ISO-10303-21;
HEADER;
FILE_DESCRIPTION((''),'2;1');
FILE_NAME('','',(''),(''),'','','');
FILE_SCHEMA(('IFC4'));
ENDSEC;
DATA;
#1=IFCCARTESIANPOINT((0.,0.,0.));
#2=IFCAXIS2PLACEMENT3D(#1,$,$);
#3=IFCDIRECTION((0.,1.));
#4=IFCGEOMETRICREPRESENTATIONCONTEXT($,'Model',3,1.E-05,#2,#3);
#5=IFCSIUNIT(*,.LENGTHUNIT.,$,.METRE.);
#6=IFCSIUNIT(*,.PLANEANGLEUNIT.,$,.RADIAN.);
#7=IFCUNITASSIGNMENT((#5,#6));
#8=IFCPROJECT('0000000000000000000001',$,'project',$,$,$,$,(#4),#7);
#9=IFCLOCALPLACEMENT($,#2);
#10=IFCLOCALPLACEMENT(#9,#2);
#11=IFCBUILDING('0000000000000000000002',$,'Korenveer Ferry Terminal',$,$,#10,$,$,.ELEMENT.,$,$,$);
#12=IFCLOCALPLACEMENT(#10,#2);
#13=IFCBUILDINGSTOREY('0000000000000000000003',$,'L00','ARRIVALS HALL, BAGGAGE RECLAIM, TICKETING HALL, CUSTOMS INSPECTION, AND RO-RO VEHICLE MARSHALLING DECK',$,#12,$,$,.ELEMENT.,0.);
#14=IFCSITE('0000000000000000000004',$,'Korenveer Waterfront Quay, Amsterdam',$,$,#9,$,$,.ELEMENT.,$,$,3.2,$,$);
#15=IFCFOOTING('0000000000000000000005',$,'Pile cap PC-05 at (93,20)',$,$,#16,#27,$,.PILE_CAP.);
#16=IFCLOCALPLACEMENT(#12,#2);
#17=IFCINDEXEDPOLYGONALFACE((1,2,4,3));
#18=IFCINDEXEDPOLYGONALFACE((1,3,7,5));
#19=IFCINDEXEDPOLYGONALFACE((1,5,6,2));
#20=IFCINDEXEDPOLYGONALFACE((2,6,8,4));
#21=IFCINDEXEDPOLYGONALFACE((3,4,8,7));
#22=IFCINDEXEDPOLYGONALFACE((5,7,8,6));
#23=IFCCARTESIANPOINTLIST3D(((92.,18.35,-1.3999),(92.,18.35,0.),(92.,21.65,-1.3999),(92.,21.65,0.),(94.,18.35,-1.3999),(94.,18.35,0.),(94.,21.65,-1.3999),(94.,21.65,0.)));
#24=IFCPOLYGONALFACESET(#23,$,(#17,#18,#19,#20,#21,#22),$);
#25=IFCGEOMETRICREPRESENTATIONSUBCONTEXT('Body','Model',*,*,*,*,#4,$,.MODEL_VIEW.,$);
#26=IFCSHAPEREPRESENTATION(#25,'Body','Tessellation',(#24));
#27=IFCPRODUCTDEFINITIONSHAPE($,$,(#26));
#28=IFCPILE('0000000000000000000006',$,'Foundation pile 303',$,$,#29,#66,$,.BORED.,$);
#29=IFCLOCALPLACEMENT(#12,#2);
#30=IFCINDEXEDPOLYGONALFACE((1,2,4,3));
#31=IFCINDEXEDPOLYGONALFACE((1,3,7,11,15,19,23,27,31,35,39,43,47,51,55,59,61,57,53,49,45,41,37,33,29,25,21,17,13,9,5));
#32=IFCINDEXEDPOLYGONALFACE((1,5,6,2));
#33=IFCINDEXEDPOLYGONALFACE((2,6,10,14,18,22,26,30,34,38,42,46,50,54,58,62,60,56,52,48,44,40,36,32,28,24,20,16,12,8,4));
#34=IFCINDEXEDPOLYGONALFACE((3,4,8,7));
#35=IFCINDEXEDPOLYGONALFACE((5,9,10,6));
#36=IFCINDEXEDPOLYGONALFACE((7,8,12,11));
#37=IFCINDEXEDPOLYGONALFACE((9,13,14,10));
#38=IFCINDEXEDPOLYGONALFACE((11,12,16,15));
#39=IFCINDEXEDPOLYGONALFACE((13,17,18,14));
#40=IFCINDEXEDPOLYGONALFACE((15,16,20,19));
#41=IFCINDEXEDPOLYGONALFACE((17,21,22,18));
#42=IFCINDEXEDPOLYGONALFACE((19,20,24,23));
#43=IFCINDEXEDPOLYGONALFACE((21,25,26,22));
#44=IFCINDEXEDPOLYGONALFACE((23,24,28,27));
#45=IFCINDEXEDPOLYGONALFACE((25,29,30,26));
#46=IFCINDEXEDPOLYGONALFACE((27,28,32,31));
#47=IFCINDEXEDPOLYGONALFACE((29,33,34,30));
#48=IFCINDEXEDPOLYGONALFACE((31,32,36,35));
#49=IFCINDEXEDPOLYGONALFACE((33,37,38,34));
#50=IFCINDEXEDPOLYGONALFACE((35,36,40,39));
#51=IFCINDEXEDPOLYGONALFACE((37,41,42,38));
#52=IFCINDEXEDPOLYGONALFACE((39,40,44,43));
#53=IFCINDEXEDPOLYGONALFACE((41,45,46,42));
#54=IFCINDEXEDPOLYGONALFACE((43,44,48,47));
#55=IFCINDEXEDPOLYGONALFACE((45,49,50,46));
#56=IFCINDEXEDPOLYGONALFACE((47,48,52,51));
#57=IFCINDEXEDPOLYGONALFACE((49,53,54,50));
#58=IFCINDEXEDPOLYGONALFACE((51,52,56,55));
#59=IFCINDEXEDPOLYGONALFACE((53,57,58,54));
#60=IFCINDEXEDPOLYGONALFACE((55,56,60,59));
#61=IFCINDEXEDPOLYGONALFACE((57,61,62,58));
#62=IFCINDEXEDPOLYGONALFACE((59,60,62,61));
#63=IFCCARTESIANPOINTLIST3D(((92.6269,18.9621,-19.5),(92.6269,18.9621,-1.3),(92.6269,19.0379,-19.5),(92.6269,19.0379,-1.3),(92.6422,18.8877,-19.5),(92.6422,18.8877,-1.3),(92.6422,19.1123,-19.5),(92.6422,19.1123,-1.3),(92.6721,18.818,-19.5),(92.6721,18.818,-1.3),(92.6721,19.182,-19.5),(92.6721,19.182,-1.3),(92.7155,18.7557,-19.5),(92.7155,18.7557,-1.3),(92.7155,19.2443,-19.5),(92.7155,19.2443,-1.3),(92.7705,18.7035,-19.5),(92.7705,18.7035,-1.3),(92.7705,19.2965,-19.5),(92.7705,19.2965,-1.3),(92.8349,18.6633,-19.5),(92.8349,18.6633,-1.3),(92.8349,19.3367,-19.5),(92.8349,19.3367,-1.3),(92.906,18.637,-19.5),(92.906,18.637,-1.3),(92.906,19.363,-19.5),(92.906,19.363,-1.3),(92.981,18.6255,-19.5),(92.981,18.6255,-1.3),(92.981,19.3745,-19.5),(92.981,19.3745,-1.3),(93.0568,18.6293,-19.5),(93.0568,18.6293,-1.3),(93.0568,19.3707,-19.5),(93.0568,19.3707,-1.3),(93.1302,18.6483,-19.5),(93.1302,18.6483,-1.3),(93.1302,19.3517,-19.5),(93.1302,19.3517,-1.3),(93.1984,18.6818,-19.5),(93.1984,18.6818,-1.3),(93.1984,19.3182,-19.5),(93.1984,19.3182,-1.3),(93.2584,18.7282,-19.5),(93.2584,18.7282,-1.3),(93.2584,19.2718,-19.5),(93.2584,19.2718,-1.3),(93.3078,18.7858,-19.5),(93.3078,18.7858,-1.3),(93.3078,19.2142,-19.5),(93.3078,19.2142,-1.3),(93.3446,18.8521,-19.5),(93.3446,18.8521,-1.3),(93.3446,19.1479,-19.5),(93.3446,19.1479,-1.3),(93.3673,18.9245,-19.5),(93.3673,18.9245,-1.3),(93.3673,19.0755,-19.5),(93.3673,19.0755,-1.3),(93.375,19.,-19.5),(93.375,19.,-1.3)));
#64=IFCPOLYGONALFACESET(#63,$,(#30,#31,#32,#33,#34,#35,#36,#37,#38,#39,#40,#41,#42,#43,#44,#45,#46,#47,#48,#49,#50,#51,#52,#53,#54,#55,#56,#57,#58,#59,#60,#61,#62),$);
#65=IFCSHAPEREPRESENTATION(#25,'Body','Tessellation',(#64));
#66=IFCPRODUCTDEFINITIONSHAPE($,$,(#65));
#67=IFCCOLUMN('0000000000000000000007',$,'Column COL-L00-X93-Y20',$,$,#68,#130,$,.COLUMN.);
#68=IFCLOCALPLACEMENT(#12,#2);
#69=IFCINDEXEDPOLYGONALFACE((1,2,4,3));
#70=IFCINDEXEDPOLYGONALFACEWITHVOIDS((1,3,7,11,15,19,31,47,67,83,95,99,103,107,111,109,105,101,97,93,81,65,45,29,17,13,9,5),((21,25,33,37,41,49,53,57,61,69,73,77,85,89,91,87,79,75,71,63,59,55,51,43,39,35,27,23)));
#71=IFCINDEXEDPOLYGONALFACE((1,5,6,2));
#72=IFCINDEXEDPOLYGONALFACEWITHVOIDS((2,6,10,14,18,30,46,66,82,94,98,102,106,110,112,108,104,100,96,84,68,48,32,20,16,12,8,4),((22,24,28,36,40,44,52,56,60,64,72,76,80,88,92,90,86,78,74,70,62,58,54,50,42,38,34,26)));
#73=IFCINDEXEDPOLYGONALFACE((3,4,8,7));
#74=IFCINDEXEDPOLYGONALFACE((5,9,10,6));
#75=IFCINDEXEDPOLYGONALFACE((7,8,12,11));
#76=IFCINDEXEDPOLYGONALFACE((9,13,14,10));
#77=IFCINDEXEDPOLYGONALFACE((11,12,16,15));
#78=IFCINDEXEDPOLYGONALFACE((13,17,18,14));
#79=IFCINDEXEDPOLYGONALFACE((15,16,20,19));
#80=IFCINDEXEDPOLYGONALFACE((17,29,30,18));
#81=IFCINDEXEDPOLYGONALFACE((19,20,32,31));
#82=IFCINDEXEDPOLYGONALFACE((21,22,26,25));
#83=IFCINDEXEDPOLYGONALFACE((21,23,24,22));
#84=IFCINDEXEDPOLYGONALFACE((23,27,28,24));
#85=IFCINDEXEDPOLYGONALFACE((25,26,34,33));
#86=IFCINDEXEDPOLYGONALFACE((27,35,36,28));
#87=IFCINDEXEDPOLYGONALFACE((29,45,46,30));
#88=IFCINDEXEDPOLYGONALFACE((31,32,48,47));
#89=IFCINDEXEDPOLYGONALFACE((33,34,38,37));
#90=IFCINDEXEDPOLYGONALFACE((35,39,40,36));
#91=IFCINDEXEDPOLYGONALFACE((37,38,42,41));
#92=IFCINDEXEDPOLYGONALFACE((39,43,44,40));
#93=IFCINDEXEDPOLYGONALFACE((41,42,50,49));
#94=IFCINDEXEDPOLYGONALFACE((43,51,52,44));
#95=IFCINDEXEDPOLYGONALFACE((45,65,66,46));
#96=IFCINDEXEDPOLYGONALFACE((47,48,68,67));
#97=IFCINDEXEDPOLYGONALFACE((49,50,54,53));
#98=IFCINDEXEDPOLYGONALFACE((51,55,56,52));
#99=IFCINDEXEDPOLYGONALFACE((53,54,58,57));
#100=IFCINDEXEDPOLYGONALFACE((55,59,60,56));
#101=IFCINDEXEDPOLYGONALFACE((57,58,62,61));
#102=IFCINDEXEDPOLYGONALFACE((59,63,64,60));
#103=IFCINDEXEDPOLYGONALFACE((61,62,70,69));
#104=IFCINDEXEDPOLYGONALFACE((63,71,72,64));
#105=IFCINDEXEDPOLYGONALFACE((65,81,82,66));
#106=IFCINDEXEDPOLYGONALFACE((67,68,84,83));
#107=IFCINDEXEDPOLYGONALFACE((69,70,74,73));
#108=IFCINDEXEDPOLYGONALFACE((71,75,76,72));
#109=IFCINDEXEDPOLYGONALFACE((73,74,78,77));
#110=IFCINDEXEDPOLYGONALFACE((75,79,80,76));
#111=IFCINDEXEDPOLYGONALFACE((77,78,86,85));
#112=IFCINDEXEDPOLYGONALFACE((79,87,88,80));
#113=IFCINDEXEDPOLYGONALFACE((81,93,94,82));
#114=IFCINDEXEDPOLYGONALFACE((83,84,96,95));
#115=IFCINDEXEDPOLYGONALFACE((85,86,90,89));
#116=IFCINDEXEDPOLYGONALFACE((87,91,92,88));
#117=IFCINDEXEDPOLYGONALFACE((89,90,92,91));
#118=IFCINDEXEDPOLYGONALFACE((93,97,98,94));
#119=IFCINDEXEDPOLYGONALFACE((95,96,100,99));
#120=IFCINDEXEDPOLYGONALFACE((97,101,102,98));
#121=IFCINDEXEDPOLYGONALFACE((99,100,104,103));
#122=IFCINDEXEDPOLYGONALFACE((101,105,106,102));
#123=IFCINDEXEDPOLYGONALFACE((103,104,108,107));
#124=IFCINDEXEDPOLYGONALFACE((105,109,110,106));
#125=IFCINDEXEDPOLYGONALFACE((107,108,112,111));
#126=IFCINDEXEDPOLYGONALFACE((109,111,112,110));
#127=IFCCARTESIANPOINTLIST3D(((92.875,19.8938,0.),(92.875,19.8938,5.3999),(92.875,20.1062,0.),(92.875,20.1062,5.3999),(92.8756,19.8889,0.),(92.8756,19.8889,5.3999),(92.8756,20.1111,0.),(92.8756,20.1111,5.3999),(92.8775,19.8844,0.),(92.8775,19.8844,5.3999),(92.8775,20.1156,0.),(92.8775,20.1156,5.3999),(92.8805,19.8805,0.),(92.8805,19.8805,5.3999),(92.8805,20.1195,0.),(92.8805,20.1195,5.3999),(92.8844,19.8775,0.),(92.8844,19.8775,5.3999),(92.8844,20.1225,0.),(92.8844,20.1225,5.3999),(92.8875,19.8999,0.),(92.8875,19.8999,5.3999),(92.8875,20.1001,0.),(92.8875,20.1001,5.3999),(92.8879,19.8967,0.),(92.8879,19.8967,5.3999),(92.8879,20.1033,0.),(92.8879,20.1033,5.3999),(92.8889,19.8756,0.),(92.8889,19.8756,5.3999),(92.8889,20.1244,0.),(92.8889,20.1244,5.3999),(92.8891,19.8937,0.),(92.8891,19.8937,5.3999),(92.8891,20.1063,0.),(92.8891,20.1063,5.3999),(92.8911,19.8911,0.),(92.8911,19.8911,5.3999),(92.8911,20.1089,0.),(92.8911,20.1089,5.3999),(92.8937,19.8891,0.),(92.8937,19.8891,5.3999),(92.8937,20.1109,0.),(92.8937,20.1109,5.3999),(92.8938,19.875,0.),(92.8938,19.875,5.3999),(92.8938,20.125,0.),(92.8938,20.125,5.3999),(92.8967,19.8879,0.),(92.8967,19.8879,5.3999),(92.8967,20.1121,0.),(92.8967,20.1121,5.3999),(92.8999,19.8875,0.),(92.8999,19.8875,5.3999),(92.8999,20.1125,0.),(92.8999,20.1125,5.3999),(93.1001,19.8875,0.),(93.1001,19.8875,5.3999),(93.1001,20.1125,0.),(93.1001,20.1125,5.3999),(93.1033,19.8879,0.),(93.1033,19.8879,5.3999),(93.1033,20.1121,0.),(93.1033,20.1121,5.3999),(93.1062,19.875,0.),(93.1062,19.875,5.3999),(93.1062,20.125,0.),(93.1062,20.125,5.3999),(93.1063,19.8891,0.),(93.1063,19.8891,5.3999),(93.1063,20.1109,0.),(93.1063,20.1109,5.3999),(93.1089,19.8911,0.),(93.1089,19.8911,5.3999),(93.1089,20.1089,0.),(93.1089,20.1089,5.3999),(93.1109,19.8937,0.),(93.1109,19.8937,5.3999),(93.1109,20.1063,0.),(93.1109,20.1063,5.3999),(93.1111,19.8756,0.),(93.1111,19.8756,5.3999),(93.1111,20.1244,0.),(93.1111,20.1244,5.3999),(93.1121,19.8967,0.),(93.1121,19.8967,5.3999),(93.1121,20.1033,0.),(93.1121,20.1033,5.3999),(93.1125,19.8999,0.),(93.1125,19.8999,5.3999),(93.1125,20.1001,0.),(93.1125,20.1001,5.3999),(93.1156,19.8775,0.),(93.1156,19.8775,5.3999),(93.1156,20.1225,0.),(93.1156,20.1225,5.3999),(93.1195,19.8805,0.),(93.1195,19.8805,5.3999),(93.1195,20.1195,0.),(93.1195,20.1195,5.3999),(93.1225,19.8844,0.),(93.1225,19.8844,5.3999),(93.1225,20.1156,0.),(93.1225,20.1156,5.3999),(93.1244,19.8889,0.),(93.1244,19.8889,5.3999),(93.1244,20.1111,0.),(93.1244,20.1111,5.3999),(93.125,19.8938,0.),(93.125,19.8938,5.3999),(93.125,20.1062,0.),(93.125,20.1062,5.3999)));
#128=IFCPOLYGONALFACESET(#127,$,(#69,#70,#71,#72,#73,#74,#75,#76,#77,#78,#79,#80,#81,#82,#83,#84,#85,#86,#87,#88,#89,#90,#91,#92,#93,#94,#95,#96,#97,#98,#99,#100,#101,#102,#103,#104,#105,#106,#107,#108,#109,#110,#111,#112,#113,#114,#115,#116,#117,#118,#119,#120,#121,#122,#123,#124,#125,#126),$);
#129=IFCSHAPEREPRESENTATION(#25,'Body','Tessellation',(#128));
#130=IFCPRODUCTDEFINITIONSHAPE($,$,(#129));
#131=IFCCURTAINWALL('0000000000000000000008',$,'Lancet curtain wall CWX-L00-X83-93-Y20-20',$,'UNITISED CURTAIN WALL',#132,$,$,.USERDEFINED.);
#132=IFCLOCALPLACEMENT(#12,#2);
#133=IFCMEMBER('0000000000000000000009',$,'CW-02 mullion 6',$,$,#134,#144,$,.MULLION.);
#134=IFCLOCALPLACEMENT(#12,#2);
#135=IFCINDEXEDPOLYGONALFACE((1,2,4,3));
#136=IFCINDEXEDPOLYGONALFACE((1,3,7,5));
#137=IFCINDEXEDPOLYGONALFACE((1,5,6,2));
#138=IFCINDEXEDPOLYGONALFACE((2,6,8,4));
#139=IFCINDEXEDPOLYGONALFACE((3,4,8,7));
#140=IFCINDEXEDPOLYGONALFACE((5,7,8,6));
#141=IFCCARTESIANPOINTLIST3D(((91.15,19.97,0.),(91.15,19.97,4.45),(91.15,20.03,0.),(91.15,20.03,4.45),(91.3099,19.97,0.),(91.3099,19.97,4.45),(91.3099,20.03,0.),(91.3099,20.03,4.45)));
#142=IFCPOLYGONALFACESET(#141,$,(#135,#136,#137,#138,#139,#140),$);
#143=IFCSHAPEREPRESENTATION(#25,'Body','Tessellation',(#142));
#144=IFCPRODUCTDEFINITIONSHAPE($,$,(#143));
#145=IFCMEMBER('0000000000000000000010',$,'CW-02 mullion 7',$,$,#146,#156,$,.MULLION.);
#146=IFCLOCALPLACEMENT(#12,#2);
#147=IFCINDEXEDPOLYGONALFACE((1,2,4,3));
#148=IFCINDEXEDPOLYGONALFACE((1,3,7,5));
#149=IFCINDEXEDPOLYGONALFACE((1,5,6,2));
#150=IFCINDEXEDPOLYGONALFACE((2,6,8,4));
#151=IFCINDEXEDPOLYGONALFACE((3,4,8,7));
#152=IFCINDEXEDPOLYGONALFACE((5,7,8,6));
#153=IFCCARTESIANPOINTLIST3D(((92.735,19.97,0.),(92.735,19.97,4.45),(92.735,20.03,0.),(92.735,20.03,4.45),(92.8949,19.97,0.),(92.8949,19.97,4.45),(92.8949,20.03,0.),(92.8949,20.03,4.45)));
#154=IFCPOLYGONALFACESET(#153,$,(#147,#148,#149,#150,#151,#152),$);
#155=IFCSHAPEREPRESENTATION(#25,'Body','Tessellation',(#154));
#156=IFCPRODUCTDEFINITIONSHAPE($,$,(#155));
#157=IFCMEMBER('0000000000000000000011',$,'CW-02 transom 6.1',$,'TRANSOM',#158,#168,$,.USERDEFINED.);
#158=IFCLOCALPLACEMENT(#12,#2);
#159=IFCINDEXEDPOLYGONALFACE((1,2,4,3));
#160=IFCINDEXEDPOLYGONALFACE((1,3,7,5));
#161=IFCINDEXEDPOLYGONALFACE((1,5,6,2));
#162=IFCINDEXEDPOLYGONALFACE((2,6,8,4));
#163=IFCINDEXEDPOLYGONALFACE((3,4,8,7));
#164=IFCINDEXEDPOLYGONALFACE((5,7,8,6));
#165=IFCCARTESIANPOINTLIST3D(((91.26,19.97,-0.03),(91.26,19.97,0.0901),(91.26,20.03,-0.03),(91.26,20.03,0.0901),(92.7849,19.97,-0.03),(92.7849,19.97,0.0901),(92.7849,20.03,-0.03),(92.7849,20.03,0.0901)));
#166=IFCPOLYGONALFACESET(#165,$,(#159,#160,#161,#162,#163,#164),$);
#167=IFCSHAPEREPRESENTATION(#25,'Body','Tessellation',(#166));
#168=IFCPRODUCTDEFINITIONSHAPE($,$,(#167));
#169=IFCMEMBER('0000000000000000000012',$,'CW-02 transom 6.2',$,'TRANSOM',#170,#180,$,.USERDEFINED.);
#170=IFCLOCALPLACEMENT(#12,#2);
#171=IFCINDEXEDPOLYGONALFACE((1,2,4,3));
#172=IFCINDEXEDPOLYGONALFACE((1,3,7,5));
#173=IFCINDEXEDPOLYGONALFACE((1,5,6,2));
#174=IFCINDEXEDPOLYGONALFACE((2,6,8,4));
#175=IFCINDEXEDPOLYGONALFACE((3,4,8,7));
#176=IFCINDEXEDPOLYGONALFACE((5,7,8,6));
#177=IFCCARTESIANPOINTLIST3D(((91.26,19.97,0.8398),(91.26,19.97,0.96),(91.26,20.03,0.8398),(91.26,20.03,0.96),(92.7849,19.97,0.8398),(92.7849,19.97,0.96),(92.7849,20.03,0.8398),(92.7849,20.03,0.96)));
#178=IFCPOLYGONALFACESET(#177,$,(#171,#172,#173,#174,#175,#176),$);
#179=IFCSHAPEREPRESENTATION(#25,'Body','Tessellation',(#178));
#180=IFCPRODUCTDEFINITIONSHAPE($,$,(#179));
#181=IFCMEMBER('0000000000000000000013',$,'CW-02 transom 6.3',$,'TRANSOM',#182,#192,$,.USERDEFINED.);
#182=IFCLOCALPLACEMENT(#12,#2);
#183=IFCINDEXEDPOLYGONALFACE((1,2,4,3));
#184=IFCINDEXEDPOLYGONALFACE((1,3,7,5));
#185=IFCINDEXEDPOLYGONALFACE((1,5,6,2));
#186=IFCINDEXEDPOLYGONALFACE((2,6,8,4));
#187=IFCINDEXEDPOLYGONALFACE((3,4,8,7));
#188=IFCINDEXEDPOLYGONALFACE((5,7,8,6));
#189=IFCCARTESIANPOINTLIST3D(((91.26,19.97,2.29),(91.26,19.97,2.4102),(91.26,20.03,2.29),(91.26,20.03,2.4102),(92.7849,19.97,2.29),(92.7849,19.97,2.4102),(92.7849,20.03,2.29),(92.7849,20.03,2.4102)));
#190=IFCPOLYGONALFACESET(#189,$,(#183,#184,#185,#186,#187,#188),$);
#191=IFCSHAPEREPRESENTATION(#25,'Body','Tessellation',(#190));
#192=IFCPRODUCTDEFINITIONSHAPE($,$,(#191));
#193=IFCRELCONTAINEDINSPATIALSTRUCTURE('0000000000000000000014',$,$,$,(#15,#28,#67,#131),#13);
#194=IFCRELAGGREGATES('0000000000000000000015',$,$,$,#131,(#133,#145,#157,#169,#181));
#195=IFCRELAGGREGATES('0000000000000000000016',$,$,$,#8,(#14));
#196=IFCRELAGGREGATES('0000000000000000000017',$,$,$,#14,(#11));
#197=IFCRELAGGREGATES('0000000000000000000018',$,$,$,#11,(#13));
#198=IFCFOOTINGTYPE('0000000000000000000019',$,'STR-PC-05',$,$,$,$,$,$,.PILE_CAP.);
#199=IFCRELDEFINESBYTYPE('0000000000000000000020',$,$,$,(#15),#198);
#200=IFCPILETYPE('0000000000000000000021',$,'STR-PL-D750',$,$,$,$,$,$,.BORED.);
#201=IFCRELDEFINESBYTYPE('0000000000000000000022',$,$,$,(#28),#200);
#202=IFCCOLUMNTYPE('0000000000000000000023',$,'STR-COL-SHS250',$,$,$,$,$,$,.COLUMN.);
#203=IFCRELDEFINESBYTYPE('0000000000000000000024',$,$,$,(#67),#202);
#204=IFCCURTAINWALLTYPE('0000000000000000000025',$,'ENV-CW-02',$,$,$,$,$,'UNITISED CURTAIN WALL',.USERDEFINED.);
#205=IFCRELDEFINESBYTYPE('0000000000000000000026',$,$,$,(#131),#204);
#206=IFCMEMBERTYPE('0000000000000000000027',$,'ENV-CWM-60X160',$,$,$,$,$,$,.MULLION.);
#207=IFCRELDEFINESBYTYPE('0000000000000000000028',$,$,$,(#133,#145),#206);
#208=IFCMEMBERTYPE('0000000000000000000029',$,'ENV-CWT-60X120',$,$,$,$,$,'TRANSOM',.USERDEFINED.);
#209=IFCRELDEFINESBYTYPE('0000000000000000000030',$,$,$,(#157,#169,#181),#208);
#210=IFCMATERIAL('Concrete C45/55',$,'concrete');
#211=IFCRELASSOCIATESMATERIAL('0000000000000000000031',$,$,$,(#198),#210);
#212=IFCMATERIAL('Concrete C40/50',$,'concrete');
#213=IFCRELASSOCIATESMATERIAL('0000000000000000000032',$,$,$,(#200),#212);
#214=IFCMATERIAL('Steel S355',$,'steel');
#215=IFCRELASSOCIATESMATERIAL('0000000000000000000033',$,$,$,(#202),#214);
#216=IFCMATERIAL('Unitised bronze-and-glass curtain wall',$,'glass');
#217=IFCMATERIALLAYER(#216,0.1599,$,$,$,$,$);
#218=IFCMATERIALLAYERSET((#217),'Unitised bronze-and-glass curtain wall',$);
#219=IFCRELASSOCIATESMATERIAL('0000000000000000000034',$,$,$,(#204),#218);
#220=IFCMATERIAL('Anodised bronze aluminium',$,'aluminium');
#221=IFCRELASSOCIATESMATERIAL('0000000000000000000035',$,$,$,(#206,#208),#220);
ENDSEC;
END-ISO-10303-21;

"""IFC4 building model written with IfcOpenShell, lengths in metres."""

from ifc_helpers import new_model, si_unit, direction, frame, origin, origin_2d, place, context, subcontext, project, spatial, rectangle, hollow_rectangle, circle, extrude, material, layer, layer_set, material_profile, profile_set, type_object, element, aggregate, save


model = new_model("IFC4")

# Units and contexts
model_context = context("Model", 3, precision=1e-05, world=origin(), true_north=direction((0.0, 1.0)))
body_context = subcontext(model_context, "Body", "Model", "MODEL_VIEW")
ifc_project = project(units=[si_unit("LENGTHUNIT", "METRE"), si_unit("PLANEANGLEUNIT", "RADIAN")], contexts=[model_context])

# Site, building, storey
site_placement = place(None, origin())
site = spatial("IfcSite", under=ifc_project, at=site_placement, Name="Korenveer Waterfront Quay, Amsterdam", CompositionType="ELEMENT", RefElevation=3.2)
building_placement = place(site_placement, origin())
building = spatial("IfcBuilding", under=site, at=building_placement, Name="Korenveer Ferry Terminal", CompositionType="ELEMENT")
storey_placement = place(building_placement, origin())
storey = spatial("IfcBuildingStorey", under=building, at=storey_placement, Name="L00", Description="ARRIVALS HALL, BAGGAGE RECLAIM, TICKETING HALL, CUSTOMS INSPECTION, AND RO-RO VEHICLE MARSHALLING DECK", CompositionType="ELEMENT", Elevation=0.0)

# Footing
ifc_material_1 = material(Name="Concrete C45/55", Category="concrete")
footing_type = type_object("IfcFootingType", Name="STR-PC-05", PredefinedType="PILE_CAP", material=ifc_material_1)
footing_placement = place(storey_placement, frame((93.0, 20.0, -1.3999), z_axis=(0.0, 0.0, 1.0), x_axis=(1.0, 0.0, 0.0)))
element("IfcFooting", 1, at=footing_placement, inside=storey, type_object=footing_type, Name="Pile cap PC-05 at (93,20)", PredefinedType="PILE_CAP", context=body_context, shape_type="SweptSolid", body=[
    extrude(rectangle(XDim=2.0, YDim=3.3, at=origin_2d()), origin(), (0.0, 0.0, 1.0), 1.3999),
])

# Pile
ifc_material_2 = material(Name="Concrete C40/50", Category="concrete")
ifc_material_profile_1 = material_profile(ifc_material_2, circle(Radius=0.375, at=origin_2d()), Name="PILE D750")
ifc_profile_set_1 = profile_set([ifc_material_profile_1], Name="Concrete C40/50")
pile_type = type_object("IfcPileType", Name="STR-PL-D750", PredefinedType="BORED", material=ifc_profile_set_1)
pile_placement = place(storey_placement, frame((93.0, 19.0, -1.3), z_axis=(0.0, 0.0, -1.0), x_axis=(1.0, 0.0, 0.0)))
element("IfcPile", 2, at=pile_placement, inside=storey, type_object=pile_type, Name="Foundation pile 303", PredefinedType="BORED", context=body_context, shape_type="SweptSolid", body=[
    extrude(circle(Radius=0.375, at=origin_2d()), origin(), (0.0, 0.0, 1.0), 18.2),
])

# Column
ifc_material_3 = material(Name="Steel S355", Category="steel")
ifc_material_profile_2 = material_profile(ifc_material_3, hollow_rectangle(XDim=0.25, YDim=0.25, WallThickness=0.0125, InnerFilletRadius=0.0125, OuterFilletRadius=0.0188, at=origin_2d()), Name="SHS 250x250x12.5")
ifc_profile_set_2 = profile_set([ifc_material_profile_2], Name="Steel S355")
column_type = type_object("IfcColumnType", Name="STR-COL-SHS250", PredefinedType="COLUMN", material=ifc_profile_set_2)
column_placement = place(storey_placement, frame((93.0, 20.0, 0.0), z_axis=(0.0, 0.0, 1.0), x_axis=(1.0, 0.0, 0.0)))
element("IfcColumn", 3, at=column_placement, inside=storey, type_object=column_type, Name="Column COL-L00-X93-Y20", PredefinedType="COLUMN", context=body_context, shape_type="SweptSolid", body=[
    extrude(hollow_rectangle(XDim=0.25, YDim=0.25, WallThickness=0.0125, InnerFilletRadius=0.0125, OuterFilletRadius=0.0188, at=origin_2d()), origin(), (0.0, 0.0, 1.0), 5.3999),
])

# Curtain wall, members
ifc_material_4 = material(Name="Unitised bronze-and-glass curtain wall", Category="glass")
ifc_layer_1 = layer(ifc_material_4, 0.1599)
ifc_layer_set_1 = layer_set([ifc_layer_1], Name="Unitised bronze-and-glass curtain wall")
curtain_wall_type = type_object("IfcCurtainWallType", Name="ENV-CW-02", ElementType="UNITISED CURTAIN WALL", PredefinedType="USERDEFINED", material=ifc_layer_set_1)
curtain_wall_placement = place(storey_placement, frame((83.155, 20.0, 0.0)))
curtain_wall = element("IfcCurtainWall", 4, at=curtain_wall_placement, inside=storey, type_object=curtain_wall_type, Name="Lancet curtain wall CWX-L00-X83-93-Y20-20", ObjectType="UNITISED CURTAIN WALL", PredefinedType="USERDEFINED")
ifc_material_5 = material(Name="Anodised bronze aluminium", Category="aluminium")
ifc_material_profile_3 = material_profile(ifc_material_5, rectangle(XDim=0.0601, YDim=0.1599, at=origin_2d()), Name="ALU 60x160")
ifc_profile_set_3 = profile_set([ifc_material_profile_3], Name="Anodised bronze aluminium")
member_type_1 = type_object("IfcMemberType", Name="ENV-CWM-60X160", PredefinedType="MULLION", material=ifc_profile_set_3)
member_1_placement = place(storey_placement, frame((91.23, 20.0, 0.0), z_axis=(0.0, 0.0, 1.0), x_axis=(0.0, 1.0, 0.0)))
member_1 = element("IfcMember", 5, at=member_1_placement, type_object=member_type_1, Name="CW-02 mullion 6", PredefinedType="MULLION", context=body_context, shape_type="SweptSolid", body=[
    extrude(rectangle(XDim=0.0601, YDim=0.1599, at=origin_2d()), origin(), (0.0, 0.0, 1.0), 4.45),
])
member_2_placement = place(storey_placement, frame((92.8149, 20.0, 0.0), z_axis=(0.0, 0.0, 1.0), x_axis=(0.0, 1.0, 0.0)))
member_2 = element("IfcMember", 6, at=member_2_placement, type_object=member_type_1, Name="CW-02 mullion 7", PredefinedType="MULLION", context=body_context, shape_type="SweptSolid", body=[
    extrude(rectangle(XDim=0.0601, YDim=0.1599, at=origin_2d()), origin(), (0.0, 0.0, 1.0), 4.45),
])
ifc_material_profile_4 = material_profile(ifc_material_5, rectangle(XDim=0.0601, YDim=0.1201, at=origin_2d()), Name="ALU 60x120")
ifc_profile_set_4 = profile_set([ifc_material_profile_4], Name="Anodised bronze aluminium")
member_type_2 = type_object("IfcMemberType", Name="ENV-CWT-60X120", ElementType="TRANSOM", PredefinedType="USERDEFINED", material=ifc_profile_set_4)
member_3_placement = place(storey_placement, frame((91.26, 20.0, 0.03), z_axis=(1.0, 0.0, 0.0), x_axis=(0.0, 1.0, 0.0)))
member_3 = element("IfcMember", 7, at=member_3_placement, type_object=member_type_2, Name="CW-02 transom 6.1", ObjectType="TRANSOM", PredefinedType="USERDEFINED", context=body_context, shape_type="SweptSolid", body=[
    extrude(rectangle(XDim=0.0601, YDim=0.1201, at=origin_2d()), origin(), (0.0, 0.0, 1.0), 1.5249),
])
member_4_placement = place(storey_placement, frame((91.26, 20.0, 0.8999), z_axis=(1.0, 0.0, 0.0), x_axis=(0.0, 1.0, 0.0)))
member_4 = element("IfcMember", 8, at=member_4_placement, type_object=member_type_2, Name="CW-02 transom 6.2", ObjectType="TRANSOM", PredefinedType="USERDEFINED", context=body_context, shape_type="SweptSolid", body=[
    extrude(rectangle(XDim=0.0601, YDim=0.1201, at=origin_2d()), origin(), (0.0, 0.0, 1.0), 1.5249),
])
member_5_placement = place(storey_placement, frame((91.26, 20.0, 2.3501), z_axis=(1.0, 0.0, 0.0), x_axis=(0.0, 1.0, 0.0)))
member_5 = element("IfcMember", 9, at=member_5_placement, type_object=member_type_2, Name="CW-02 transom 6.3", ObjectType="TRANSOM", PredefinedType="USERDEFINED", context=body_context, shape_type="SweptSolid", body=[
    extrude(rectangle(XDim=0.0601, YDim=0.1201, at=origin_2d()), origin(), (0.0, 0.0, 1.0), 1.5249),
])

aggregate(curtain_wall, [member_1, member_2, member_3, member_4, member_5])

save(model, "model.ifc")
